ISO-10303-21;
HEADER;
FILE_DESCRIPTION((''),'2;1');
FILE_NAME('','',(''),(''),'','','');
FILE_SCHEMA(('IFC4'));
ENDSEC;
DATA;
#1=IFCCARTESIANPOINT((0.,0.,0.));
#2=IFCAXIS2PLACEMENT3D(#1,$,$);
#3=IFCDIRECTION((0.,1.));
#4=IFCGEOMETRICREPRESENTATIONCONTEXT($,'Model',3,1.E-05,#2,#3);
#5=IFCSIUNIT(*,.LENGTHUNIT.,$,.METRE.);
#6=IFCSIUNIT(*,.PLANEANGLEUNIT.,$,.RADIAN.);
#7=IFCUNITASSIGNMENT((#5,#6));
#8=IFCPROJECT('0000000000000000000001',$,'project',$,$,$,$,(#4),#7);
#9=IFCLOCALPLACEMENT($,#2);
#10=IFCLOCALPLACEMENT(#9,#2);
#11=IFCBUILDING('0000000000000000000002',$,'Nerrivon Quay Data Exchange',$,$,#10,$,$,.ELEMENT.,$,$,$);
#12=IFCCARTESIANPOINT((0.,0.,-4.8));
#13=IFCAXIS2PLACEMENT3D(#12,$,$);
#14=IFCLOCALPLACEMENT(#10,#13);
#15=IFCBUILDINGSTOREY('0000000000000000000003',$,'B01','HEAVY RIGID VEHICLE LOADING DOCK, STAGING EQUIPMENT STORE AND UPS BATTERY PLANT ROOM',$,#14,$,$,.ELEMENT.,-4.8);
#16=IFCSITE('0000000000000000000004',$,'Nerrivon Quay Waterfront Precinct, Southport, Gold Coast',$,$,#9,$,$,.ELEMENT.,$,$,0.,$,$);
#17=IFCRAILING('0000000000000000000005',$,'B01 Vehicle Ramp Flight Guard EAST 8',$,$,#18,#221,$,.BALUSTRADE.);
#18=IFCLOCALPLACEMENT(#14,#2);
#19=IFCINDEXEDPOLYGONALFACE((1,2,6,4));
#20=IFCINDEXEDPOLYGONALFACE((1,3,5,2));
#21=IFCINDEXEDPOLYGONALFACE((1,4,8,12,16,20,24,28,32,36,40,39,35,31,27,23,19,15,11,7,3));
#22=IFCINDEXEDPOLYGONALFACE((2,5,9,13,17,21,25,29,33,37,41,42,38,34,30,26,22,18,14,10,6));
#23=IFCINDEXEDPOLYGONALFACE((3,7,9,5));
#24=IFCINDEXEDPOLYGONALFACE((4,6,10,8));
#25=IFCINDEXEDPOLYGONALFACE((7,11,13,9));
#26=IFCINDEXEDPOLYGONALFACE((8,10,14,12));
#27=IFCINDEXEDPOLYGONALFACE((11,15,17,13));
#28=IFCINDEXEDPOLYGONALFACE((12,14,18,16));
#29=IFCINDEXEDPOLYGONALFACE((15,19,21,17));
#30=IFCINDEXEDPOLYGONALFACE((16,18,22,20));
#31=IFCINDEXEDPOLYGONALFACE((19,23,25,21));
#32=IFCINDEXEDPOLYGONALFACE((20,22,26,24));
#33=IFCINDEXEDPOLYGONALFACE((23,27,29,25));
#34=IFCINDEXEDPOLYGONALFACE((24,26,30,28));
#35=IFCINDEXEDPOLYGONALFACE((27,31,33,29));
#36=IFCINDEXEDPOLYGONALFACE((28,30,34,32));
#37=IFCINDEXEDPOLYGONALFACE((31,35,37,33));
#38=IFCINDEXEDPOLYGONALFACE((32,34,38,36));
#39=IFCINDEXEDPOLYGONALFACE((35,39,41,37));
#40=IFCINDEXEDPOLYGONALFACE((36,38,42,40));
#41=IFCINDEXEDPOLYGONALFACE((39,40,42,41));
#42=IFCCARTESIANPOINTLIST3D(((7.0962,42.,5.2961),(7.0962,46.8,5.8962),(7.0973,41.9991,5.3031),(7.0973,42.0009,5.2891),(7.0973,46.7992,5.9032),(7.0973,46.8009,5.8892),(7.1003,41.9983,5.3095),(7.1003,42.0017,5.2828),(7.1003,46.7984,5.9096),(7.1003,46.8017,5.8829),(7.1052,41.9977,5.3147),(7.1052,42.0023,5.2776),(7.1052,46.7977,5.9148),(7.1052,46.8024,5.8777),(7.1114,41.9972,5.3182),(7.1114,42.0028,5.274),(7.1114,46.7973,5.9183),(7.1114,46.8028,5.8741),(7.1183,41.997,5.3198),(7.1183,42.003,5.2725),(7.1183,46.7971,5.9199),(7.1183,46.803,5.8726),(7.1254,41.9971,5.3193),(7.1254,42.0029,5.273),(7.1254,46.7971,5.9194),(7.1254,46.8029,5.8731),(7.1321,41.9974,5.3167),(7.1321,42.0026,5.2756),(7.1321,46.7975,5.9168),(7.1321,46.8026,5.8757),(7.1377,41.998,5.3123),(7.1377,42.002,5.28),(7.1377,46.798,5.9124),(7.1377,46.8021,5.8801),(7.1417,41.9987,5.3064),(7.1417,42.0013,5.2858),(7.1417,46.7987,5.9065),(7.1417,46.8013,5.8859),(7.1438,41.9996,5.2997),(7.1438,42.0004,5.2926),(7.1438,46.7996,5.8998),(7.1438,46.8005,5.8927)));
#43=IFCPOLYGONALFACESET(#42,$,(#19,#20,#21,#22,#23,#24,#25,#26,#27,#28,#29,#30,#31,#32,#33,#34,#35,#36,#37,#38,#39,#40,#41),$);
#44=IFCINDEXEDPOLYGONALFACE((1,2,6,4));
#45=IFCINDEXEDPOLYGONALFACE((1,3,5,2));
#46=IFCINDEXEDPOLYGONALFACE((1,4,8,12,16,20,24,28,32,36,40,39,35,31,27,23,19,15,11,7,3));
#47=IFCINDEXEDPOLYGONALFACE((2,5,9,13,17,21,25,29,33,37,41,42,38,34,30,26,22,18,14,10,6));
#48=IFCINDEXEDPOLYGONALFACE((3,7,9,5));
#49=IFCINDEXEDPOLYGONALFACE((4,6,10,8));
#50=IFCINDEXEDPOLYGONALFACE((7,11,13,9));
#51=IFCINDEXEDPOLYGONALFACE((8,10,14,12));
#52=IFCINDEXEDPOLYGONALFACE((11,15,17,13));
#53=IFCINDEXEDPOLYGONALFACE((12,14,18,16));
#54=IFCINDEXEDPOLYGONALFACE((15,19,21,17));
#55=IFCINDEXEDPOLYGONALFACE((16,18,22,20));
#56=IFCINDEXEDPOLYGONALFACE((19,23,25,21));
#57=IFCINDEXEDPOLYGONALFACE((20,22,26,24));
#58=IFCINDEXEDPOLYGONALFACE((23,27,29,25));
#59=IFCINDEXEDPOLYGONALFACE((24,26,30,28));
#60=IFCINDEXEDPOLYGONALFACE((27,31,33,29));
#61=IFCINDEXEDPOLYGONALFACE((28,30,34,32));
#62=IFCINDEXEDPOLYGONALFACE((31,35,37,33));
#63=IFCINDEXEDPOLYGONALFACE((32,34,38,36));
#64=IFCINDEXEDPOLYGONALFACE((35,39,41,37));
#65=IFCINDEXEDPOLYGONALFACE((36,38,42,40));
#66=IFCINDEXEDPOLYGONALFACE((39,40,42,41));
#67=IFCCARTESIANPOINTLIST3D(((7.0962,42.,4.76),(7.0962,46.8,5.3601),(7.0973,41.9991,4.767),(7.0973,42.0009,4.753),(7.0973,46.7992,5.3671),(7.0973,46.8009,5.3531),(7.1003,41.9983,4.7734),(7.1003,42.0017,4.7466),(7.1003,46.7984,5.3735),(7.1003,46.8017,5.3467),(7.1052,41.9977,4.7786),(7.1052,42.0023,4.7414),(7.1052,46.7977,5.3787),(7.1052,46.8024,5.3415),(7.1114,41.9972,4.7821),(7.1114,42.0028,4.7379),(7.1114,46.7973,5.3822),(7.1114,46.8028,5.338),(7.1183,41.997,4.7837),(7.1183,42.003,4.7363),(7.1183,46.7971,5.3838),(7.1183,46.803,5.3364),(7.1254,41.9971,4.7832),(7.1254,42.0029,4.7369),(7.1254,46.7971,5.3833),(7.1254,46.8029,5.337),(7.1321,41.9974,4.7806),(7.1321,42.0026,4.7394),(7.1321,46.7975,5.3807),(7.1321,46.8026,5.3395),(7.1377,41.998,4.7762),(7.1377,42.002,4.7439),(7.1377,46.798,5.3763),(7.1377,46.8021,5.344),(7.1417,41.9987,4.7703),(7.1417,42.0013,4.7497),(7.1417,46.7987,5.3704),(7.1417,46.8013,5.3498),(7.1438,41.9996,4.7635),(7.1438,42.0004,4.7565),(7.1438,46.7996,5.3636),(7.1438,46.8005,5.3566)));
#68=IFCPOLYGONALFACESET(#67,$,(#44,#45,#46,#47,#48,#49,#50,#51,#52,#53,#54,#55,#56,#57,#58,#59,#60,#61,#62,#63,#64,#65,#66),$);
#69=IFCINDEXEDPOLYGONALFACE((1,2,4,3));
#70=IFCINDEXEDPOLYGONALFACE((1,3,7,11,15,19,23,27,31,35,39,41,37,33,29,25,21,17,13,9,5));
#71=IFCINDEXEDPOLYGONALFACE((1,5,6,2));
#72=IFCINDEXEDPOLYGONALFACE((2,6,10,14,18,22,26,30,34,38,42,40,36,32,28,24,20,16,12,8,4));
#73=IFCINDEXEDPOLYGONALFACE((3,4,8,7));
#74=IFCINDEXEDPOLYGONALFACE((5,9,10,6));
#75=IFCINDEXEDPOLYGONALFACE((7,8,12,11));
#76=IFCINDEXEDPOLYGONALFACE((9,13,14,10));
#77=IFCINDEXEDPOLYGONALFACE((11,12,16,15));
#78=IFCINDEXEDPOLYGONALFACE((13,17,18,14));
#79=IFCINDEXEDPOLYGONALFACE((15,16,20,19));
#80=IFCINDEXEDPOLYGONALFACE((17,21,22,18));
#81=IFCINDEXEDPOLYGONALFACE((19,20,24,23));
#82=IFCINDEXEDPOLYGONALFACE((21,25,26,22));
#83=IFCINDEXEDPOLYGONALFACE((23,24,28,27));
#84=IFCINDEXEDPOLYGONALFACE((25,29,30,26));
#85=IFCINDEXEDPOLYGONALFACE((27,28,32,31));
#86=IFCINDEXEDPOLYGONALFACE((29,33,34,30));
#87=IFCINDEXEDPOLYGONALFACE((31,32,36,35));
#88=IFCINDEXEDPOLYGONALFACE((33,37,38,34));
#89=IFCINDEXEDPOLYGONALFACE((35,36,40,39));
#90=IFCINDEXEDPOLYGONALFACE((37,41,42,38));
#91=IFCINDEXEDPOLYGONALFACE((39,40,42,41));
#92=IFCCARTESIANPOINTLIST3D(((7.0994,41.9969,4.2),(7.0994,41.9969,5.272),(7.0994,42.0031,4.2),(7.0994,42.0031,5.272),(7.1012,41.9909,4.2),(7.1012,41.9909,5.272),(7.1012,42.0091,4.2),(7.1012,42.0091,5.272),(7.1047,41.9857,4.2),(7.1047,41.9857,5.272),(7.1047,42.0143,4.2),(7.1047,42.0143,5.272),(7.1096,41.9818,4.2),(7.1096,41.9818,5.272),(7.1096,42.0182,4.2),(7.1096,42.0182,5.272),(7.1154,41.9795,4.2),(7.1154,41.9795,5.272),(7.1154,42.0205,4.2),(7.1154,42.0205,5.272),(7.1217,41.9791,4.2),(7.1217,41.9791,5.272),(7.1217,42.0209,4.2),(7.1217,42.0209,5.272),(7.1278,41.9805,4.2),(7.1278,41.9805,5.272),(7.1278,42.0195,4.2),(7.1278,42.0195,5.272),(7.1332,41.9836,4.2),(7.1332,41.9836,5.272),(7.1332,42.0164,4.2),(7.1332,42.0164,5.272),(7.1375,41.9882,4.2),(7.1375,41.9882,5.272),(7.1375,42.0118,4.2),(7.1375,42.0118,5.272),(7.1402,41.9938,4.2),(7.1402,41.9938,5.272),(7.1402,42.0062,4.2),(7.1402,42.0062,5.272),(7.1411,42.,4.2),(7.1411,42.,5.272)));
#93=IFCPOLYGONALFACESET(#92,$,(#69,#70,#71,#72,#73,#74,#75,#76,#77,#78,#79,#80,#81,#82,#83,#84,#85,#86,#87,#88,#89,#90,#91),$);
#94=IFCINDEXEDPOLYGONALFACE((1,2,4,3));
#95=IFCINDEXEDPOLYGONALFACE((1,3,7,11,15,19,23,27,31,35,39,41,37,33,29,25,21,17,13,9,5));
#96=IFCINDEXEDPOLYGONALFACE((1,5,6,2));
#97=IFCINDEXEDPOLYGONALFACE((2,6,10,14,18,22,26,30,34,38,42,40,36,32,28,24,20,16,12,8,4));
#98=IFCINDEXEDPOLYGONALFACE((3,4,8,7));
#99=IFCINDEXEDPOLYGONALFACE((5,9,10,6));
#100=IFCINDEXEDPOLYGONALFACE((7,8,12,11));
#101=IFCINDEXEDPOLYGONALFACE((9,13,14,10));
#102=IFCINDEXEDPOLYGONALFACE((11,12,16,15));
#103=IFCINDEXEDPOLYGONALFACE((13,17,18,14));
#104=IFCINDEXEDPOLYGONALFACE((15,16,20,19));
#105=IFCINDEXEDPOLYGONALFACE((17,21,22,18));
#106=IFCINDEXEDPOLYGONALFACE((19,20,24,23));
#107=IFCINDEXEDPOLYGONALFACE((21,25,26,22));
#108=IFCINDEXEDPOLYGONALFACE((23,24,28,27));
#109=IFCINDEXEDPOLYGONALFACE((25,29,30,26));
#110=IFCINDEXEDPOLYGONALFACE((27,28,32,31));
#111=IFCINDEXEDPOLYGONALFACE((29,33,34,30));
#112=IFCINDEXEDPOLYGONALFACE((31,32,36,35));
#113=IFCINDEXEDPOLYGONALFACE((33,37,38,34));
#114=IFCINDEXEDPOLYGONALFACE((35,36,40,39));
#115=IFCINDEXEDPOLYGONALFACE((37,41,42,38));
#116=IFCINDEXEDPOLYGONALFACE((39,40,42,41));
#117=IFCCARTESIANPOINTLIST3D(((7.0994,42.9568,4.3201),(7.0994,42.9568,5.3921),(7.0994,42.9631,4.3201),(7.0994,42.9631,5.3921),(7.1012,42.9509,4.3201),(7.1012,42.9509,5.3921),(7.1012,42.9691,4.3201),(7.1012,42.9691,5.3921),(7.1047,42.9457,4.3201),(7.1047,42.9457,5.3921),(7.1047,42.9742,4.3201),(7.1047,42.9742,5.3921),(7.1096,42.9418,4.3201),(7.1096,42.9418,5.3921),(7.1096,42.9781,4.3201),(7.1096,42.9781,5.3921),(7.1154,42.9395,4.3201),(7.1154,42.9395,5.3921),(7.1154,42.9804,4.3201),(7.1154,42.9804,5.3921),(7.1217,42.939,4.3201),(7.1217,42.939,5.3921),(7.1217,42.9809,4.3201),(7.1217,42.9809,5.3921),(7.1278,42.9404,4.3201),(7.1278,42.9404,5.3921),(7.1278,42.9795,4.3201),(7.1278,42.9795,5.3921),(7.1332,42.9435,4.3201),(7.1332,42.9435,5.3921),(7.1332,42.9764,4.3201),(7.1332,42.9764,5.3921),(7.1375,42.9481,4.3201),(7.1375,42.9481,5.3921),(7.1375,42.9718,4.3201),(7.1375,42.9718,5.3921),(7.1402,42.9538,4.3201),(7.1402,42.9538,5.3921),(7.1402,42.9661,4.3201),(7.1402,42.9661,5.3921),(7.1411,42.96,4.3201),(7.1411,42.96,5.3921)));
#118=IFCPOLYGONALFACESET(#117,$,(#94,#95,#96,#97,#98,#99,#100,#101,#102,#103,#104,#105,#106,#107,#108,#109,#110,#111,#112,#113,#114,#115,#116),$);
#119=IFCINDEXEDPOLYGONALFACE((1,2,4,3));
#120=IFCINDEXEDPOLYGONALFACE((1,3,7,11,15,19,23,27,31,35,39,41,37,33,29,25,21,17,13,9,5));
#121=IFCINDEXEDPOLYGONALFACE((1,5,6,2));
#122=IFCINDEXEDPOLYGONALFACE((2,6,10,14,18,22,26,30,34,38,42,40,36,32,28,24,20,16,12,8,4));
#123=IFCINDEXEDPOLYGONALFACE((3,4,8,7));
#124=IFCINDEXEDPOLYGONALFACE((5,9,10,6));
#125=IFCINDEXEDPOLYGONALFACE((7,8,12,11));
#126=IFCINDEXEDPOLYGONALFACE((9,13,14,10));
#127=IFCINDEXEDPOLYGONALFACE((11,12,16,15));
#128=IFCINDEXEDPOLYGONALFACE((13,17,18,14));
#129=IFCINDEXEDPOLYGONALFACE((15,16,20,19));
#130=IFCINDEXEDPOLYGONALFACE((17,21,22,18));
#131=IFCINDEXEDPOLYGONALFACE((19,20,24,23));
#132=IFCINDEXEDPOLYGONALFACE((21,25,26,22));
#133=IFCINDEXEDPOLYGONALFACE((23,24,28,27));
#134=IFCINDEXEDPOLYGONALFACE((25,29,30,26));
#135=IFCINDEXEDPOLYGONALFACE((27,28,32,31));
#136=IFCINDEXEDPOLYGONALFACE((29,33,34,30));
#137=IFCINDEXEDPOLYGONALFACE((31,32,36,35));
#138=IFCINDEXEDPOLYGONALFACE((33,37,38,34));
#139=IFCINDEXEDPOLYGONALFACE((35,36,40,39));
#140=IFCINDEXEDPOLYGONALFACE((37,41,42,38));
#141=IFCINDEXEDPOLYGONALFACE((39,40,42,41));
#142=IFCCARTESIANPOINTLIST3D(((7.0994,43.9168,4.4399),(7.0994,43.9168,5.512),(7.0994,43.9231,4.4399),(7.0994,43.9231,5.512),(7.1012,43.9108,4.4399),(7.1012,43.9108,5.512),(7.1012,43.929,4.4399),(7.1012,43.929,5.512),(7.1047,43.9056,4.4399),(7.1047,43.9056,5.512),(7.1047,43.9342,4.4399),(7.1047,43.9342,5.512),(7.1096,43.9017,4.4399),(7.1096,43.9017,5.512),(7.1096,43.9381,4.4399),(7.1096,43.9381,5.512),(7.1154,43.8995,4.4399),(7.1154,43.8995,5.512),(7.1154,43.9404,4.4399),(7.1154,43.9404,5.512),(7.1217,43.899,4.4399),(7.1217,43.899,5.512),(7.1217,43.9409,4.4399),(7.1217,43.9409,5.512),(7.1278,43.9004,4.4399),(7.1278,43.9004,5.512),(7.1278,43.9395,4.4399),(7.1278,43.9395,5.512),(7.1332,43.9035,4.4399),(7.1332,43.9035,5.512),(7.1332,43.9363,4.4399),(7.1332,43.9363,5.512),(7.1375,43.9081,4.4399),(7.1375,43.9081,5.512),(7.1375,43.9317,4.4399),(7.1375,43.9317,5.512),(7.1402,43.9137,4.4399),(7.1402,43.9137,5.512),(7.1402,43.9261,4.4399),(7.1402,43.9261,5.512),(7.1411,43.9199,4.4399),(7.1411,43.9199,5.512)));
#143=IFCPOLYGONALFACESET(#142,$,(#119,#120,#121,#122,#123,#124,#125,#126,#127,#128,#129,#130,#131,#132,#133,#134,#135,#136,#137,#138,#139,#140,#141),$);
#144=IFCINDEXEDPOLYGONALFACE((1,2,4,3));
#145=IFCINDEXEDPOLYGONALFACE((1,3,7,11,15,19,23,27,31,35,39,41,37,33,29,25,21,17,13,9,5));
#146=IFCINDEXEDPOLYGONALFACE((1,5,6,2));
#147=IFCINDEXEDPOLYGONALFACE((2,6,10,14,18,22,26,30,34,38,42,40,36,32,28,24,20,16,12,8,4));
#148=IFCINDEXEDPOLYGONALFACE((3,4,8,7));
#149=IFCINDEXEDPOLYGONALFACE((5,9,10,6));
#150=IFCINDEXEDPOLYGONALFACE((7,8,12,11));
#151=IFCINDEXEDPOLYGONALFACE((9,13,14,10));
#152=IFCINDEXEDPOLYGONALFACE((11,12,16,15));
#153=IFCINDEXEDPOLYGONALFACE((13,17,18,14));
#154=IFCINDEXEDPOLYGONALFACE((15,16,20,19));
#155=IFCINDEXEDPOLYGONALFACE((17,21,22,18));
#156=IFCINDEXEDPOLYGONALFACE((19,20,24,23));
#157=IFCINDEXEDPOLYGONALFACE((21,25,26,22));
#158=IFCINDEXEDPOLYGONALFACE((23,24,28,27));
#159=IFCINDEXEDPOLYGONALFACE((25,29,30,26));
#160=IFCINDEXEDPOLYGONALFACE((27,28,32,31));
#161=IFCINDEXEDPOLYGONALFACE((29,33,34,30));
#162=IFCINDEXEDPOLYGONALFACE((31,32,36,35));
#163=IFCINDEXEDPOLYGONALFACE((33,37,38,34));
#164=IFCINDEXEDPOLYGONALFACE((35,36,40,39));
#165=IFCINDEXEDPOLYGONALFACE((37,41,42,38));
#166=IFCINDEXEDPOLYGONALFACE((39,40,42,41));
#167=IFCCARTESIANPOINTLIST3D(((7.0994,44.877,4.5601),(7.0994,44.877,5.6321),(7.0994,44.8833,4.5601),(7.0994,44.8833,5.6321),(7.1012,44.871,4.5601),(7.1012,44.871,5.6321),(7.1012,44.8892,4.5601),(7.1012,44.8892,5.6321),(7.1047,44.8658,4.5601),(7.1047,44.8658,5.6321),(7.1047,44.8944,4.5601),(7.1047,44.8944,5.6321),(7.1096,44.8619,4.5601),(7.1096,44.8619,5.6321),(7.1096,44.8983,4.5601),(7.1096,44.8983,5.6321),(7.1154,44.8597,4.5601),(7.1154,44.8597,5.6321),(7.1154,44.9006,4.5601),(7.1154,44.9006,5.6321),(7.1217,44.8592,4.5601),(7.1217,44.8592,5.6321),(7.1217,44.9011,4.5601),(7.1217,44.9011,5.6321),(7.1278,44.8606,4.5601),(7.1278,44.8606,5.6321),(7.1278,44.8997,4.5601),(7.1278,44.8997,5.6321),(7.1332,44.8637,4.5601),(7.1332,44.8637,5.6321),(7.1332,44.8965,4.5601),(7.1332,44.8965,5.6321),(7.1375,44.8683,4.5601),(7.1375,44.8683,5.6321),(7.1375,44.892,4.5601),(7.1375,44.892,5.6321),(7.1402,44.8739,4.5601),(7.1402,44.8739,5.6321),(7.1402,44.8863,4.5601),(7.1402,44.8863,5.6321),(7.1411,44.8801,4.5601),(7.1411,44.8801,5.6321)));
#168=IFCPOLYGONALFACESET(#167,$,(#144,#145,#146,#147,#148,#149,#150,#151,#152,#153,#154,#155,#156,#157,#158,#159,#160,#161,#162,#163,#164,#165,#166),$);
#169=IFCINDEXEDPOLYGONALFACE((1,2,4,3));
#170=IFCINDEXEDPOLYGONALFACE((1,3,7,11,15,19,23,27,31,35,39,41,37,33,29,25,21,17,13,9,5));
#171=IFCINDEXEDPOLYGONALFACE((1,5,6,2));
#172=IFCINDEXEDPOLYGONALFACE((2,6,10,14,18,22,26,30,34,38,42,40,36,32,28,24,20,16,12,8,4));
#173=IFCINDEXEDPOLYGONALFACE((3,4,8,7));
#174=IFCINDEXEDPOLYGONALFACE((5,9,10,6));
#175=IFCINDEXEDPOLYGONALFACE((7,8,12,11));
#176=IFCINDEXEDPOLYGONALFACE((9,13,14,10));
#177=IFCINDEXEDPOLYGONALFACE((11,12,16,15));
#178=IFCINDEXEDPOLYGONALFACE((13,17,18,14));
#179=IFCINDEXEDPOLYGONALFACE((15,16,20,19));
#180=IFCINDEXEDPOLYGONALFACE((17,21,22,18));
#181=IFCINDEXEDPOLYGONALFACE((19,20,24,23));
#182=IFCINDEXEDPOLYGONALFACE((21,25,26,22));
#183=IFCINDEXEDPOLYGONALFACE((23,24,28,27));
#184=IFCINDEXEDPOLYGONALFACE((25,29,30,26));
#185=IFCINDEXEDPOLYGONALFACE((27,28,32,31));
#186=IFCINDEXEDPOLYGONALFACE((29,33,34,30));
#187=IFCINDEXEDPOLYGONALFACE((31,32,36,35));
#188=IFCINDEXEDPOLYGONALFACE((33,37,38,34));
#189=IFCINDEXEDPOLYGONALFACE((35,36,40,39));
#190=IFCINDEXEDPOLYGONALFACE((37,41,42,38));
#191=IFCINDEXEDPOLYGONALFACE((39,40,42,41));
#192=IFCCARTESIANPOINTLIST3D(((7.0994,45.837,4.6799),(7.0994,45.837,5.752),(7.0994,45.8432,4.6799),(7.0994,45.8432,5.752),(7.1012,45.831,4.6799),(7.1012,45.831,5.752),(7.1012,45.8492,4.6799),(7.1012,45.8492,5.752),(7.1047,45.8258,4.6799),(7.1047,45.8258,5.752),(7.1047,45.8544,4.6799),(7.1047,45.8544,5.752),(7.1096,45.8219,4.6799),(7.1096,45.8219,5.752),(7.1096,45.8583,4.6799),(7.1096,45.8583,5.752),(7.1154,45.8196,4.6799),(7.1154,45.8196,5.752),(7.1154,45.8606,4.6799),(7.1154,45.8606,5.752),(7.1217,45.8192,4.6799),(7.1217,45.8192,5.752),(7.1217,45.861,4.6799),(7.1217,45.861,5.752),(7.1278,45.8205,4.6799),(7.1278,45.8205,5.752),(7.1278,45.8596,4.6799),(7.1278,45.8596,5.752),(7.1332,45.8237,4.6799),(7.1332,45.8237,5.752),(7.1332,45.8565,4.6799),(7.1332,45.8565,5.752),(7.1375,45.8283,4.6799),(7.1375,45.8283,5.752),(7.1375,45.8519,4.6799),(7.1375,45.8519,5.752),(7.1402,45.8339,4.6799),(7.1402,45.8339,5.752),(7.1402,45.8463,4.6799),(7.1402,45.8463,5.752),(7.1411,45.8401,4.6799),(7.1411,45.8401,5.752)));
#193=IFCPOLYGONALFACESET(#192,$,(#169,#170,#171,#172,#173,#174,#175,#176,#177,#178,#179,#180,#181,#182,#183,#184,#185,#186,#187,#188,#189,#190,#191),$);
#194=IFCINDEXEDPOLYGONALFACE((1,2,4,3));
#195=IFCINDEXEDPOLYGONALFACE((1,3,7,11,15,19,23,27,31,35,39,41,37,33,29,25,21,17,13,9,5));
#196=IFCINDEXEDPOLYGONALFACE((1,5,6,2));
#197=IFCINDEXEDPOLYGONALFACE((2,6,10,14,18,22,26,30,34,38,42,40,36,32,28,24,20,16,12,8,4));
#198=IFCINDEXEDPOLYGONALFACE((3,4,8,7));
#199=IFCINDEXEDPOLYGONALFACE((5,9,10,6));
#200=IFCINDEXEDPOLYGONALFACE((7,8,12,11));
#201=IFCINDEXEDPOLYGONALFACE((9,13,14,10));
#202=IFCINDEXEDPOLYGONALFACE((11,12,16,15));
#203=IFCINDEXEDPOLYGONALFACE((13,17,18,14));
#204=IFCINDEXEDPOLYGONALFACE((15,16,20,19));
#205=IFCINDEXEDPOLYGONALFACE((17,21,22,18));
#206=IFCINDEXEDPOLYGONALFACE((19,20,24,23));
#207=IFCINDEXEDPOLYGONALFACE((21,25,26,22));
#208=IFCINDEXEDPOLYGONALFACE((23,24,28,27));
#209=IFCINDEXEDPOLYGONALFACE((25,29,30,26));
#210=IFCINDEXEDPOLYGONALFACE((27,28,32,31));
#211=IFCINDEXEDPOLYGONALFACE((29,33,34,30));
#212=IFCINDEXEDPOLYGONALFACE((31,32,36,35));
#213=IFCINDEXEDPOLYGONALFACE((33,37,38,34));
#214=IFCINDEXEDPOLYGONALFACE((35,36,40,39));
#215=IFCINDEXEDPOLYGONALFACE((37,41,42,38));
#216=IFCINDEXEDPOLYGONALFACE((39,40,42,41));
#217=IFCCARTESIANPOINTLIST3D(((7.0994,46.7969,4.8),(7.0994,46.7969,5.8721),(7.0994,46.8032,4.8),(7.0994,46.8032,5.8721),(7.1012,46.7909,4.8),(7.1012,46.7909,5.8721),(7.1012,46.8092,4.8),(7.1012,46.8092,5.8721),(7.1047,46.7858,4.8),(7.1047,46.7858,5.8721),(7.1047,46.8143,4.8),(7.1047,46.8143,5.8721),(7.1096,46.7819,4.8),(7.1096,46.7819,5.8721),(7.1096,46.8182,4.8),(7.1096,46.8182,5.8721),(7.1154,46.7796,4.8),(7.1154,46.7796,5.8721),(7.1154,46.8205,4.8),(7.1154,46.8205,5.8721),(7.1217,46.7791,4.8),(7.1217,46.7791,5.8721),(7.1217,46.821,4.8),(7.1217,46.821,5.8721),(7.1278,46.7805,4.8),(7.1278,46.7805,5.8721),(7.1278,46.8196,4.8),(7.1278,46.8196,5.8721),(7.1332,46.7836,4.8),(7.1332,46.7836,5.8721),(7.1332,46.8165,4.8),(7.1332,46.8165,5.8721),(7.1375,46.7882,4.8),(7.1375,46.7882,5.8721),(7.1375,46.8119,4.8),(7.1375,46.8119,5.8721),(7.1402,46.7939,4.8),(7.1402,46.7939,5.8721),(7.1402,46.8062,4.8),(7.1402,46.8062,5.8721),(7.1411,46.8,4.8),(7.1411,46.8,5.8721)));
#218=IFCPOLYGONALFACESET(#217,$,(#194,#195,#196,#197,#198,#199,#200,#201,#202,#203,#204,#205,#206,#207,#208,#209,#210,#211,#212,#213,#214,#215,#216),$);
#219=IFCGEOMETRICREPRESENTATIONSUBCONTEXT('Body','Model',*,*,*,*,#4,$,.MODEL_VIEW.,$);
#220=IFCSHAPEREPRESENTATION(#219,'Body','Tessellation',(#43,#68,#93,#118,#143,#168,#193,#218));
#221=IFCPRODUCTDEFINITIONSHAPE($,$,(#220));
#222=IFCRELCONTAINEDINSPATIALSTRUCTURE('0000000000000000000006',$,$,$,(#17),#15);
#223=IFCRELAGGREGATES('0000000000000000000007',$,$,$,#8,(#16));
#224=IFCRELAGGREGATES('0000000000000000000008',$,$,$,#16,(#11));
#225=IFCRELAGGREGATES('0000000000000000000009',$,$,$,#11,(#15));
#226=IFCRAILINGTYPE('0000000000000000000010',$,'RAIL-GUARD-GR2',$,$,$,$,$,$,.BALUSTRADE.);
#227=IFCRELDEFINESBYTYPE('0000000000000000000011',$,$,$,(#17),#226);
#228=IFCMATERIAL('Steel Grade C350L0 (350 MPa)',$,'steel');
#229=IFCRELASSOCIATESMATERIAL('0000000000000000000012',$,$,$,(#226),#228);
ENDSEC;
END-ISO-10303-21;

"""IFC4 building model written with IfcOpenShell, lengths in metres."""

from ifc_helpers import new_model, si_unit, direction, frame, origin, origin_2d, place, context, subcontext, project, spatial, circle, extrude, material, type_object, element, save


model = new_model("IFC4")

# Units and contexts
model_context = context("Model", 3, precision=1e-05, world=origin(), true_north=direction((0.0, 1.0)))
body_context = subcontext(model_context, "Body", "Model", "MODEL_VIEW")
ifc_project = project(units=[si_unit("LENGTHUNIT", "METRE"), si_unit("PLANEANGLEUNIT", "RADIAN")], contexts=[model_context])

# Site, building, storey
site_placement = place(None, origin())
site = spatial("IfcSite", under=ifc_project, at=site_placement, Name="Nerrivon Quay Waterfront Precinct, Southport, Gold Coast", CompositionType="ELEMENT", RefElevation=0.0)
building_placement = place(site_placement, origin())
building = spatial("IfcBuilding", under=site, at=building_placement, Name="Nerrivon Quay Data Exchange", CompositionType="ELEMENT")
storey_placement = place(building_placement, frame((0.0, 0.0, -4.8)))
storey = spatial("IfcBuildingStorey", under=building, at=storey_placement, Name="B01", Description="HEAVY RIGID VEHICLE LOADING DOCK, STAGING EQUIPMENT STORE AND UPS BATTERY PLANT ROOM", CompositionType="ELEMENT", Elevation=-4.8)

# Railing
ifc_material_1 = material(Name="Steel Grade C350L0 (350 MPa)", Category="steel")
railing_type_1 = type_object("IfcRailingType", Name="RAIL-GUARD-GR2", PredefinedType="BALUSTRADE", material=ifc_material_1)
railing_1_placement = place(storey_placement, frame((7.1201, 42.0, 4.2)))
element("IfcRailing", 1, at=railing_1_placement, inside=storey, type_object=railing_type_1, Name="B01 Vehicle Ramp Flight Guard EAST 8", PredefinedType="BALUSTRADE", context=body_context, shape_type="SweptSolid", body=[
    extrude(circle(Radius=0.0239, at=origin_2d()), frame((0.0, 0.0, 1.0962), z_axis=(0.0, 0.992276, 0.124053), x_axis=(-1.0, 0.0, 0.0)), (0.0, 0.0, 1.0), 4.8374),
    extrude(circle(Radius=0.0239, at=origin_2d()), frame((0.0, 0.0, 0.5601), z_axis=(0.0, 0.992276, 0.124053), x_axis=(-1.0, 0.0, 0.0)), (0.0, 0.0, 1.0), 4.8374),
    extrude(circle(Radius=0.021, at=origin_2d()), origin(), (0.0, 0.0, 1.0), 1.072),
    extrude(circle(Radius=0.021, at=origin_2d()), frame((0.0, 0.96, 0.1201)), (0.0, 0.0, 1.0), 1.072),
    extrude(circle(Radius=0.021, at=origin_2d()), frame((0.0, 1.9199, 0.24)), (0.0, 0.0, 1.0), 1.072),
    extrude(circle(Radius=0.021, at=origin_2d()), frame((0.0, 2.8801, 0.3601)), (0.0, 0.0, 1.0), 1.072),
    extrude(circle(Radius=0.021, at=origin_2d()), frame((0.0, 3.8401, 0.48)), (0.0, 0.0, 1.0), 1.072),
    extrude(circle(Radius=0.021, at=origin_2d()), frame((0.0, 4.8, 0.6001)), (0.0, 0.0, 1.0), 1.072),
])

save(model, "model.ifc")
